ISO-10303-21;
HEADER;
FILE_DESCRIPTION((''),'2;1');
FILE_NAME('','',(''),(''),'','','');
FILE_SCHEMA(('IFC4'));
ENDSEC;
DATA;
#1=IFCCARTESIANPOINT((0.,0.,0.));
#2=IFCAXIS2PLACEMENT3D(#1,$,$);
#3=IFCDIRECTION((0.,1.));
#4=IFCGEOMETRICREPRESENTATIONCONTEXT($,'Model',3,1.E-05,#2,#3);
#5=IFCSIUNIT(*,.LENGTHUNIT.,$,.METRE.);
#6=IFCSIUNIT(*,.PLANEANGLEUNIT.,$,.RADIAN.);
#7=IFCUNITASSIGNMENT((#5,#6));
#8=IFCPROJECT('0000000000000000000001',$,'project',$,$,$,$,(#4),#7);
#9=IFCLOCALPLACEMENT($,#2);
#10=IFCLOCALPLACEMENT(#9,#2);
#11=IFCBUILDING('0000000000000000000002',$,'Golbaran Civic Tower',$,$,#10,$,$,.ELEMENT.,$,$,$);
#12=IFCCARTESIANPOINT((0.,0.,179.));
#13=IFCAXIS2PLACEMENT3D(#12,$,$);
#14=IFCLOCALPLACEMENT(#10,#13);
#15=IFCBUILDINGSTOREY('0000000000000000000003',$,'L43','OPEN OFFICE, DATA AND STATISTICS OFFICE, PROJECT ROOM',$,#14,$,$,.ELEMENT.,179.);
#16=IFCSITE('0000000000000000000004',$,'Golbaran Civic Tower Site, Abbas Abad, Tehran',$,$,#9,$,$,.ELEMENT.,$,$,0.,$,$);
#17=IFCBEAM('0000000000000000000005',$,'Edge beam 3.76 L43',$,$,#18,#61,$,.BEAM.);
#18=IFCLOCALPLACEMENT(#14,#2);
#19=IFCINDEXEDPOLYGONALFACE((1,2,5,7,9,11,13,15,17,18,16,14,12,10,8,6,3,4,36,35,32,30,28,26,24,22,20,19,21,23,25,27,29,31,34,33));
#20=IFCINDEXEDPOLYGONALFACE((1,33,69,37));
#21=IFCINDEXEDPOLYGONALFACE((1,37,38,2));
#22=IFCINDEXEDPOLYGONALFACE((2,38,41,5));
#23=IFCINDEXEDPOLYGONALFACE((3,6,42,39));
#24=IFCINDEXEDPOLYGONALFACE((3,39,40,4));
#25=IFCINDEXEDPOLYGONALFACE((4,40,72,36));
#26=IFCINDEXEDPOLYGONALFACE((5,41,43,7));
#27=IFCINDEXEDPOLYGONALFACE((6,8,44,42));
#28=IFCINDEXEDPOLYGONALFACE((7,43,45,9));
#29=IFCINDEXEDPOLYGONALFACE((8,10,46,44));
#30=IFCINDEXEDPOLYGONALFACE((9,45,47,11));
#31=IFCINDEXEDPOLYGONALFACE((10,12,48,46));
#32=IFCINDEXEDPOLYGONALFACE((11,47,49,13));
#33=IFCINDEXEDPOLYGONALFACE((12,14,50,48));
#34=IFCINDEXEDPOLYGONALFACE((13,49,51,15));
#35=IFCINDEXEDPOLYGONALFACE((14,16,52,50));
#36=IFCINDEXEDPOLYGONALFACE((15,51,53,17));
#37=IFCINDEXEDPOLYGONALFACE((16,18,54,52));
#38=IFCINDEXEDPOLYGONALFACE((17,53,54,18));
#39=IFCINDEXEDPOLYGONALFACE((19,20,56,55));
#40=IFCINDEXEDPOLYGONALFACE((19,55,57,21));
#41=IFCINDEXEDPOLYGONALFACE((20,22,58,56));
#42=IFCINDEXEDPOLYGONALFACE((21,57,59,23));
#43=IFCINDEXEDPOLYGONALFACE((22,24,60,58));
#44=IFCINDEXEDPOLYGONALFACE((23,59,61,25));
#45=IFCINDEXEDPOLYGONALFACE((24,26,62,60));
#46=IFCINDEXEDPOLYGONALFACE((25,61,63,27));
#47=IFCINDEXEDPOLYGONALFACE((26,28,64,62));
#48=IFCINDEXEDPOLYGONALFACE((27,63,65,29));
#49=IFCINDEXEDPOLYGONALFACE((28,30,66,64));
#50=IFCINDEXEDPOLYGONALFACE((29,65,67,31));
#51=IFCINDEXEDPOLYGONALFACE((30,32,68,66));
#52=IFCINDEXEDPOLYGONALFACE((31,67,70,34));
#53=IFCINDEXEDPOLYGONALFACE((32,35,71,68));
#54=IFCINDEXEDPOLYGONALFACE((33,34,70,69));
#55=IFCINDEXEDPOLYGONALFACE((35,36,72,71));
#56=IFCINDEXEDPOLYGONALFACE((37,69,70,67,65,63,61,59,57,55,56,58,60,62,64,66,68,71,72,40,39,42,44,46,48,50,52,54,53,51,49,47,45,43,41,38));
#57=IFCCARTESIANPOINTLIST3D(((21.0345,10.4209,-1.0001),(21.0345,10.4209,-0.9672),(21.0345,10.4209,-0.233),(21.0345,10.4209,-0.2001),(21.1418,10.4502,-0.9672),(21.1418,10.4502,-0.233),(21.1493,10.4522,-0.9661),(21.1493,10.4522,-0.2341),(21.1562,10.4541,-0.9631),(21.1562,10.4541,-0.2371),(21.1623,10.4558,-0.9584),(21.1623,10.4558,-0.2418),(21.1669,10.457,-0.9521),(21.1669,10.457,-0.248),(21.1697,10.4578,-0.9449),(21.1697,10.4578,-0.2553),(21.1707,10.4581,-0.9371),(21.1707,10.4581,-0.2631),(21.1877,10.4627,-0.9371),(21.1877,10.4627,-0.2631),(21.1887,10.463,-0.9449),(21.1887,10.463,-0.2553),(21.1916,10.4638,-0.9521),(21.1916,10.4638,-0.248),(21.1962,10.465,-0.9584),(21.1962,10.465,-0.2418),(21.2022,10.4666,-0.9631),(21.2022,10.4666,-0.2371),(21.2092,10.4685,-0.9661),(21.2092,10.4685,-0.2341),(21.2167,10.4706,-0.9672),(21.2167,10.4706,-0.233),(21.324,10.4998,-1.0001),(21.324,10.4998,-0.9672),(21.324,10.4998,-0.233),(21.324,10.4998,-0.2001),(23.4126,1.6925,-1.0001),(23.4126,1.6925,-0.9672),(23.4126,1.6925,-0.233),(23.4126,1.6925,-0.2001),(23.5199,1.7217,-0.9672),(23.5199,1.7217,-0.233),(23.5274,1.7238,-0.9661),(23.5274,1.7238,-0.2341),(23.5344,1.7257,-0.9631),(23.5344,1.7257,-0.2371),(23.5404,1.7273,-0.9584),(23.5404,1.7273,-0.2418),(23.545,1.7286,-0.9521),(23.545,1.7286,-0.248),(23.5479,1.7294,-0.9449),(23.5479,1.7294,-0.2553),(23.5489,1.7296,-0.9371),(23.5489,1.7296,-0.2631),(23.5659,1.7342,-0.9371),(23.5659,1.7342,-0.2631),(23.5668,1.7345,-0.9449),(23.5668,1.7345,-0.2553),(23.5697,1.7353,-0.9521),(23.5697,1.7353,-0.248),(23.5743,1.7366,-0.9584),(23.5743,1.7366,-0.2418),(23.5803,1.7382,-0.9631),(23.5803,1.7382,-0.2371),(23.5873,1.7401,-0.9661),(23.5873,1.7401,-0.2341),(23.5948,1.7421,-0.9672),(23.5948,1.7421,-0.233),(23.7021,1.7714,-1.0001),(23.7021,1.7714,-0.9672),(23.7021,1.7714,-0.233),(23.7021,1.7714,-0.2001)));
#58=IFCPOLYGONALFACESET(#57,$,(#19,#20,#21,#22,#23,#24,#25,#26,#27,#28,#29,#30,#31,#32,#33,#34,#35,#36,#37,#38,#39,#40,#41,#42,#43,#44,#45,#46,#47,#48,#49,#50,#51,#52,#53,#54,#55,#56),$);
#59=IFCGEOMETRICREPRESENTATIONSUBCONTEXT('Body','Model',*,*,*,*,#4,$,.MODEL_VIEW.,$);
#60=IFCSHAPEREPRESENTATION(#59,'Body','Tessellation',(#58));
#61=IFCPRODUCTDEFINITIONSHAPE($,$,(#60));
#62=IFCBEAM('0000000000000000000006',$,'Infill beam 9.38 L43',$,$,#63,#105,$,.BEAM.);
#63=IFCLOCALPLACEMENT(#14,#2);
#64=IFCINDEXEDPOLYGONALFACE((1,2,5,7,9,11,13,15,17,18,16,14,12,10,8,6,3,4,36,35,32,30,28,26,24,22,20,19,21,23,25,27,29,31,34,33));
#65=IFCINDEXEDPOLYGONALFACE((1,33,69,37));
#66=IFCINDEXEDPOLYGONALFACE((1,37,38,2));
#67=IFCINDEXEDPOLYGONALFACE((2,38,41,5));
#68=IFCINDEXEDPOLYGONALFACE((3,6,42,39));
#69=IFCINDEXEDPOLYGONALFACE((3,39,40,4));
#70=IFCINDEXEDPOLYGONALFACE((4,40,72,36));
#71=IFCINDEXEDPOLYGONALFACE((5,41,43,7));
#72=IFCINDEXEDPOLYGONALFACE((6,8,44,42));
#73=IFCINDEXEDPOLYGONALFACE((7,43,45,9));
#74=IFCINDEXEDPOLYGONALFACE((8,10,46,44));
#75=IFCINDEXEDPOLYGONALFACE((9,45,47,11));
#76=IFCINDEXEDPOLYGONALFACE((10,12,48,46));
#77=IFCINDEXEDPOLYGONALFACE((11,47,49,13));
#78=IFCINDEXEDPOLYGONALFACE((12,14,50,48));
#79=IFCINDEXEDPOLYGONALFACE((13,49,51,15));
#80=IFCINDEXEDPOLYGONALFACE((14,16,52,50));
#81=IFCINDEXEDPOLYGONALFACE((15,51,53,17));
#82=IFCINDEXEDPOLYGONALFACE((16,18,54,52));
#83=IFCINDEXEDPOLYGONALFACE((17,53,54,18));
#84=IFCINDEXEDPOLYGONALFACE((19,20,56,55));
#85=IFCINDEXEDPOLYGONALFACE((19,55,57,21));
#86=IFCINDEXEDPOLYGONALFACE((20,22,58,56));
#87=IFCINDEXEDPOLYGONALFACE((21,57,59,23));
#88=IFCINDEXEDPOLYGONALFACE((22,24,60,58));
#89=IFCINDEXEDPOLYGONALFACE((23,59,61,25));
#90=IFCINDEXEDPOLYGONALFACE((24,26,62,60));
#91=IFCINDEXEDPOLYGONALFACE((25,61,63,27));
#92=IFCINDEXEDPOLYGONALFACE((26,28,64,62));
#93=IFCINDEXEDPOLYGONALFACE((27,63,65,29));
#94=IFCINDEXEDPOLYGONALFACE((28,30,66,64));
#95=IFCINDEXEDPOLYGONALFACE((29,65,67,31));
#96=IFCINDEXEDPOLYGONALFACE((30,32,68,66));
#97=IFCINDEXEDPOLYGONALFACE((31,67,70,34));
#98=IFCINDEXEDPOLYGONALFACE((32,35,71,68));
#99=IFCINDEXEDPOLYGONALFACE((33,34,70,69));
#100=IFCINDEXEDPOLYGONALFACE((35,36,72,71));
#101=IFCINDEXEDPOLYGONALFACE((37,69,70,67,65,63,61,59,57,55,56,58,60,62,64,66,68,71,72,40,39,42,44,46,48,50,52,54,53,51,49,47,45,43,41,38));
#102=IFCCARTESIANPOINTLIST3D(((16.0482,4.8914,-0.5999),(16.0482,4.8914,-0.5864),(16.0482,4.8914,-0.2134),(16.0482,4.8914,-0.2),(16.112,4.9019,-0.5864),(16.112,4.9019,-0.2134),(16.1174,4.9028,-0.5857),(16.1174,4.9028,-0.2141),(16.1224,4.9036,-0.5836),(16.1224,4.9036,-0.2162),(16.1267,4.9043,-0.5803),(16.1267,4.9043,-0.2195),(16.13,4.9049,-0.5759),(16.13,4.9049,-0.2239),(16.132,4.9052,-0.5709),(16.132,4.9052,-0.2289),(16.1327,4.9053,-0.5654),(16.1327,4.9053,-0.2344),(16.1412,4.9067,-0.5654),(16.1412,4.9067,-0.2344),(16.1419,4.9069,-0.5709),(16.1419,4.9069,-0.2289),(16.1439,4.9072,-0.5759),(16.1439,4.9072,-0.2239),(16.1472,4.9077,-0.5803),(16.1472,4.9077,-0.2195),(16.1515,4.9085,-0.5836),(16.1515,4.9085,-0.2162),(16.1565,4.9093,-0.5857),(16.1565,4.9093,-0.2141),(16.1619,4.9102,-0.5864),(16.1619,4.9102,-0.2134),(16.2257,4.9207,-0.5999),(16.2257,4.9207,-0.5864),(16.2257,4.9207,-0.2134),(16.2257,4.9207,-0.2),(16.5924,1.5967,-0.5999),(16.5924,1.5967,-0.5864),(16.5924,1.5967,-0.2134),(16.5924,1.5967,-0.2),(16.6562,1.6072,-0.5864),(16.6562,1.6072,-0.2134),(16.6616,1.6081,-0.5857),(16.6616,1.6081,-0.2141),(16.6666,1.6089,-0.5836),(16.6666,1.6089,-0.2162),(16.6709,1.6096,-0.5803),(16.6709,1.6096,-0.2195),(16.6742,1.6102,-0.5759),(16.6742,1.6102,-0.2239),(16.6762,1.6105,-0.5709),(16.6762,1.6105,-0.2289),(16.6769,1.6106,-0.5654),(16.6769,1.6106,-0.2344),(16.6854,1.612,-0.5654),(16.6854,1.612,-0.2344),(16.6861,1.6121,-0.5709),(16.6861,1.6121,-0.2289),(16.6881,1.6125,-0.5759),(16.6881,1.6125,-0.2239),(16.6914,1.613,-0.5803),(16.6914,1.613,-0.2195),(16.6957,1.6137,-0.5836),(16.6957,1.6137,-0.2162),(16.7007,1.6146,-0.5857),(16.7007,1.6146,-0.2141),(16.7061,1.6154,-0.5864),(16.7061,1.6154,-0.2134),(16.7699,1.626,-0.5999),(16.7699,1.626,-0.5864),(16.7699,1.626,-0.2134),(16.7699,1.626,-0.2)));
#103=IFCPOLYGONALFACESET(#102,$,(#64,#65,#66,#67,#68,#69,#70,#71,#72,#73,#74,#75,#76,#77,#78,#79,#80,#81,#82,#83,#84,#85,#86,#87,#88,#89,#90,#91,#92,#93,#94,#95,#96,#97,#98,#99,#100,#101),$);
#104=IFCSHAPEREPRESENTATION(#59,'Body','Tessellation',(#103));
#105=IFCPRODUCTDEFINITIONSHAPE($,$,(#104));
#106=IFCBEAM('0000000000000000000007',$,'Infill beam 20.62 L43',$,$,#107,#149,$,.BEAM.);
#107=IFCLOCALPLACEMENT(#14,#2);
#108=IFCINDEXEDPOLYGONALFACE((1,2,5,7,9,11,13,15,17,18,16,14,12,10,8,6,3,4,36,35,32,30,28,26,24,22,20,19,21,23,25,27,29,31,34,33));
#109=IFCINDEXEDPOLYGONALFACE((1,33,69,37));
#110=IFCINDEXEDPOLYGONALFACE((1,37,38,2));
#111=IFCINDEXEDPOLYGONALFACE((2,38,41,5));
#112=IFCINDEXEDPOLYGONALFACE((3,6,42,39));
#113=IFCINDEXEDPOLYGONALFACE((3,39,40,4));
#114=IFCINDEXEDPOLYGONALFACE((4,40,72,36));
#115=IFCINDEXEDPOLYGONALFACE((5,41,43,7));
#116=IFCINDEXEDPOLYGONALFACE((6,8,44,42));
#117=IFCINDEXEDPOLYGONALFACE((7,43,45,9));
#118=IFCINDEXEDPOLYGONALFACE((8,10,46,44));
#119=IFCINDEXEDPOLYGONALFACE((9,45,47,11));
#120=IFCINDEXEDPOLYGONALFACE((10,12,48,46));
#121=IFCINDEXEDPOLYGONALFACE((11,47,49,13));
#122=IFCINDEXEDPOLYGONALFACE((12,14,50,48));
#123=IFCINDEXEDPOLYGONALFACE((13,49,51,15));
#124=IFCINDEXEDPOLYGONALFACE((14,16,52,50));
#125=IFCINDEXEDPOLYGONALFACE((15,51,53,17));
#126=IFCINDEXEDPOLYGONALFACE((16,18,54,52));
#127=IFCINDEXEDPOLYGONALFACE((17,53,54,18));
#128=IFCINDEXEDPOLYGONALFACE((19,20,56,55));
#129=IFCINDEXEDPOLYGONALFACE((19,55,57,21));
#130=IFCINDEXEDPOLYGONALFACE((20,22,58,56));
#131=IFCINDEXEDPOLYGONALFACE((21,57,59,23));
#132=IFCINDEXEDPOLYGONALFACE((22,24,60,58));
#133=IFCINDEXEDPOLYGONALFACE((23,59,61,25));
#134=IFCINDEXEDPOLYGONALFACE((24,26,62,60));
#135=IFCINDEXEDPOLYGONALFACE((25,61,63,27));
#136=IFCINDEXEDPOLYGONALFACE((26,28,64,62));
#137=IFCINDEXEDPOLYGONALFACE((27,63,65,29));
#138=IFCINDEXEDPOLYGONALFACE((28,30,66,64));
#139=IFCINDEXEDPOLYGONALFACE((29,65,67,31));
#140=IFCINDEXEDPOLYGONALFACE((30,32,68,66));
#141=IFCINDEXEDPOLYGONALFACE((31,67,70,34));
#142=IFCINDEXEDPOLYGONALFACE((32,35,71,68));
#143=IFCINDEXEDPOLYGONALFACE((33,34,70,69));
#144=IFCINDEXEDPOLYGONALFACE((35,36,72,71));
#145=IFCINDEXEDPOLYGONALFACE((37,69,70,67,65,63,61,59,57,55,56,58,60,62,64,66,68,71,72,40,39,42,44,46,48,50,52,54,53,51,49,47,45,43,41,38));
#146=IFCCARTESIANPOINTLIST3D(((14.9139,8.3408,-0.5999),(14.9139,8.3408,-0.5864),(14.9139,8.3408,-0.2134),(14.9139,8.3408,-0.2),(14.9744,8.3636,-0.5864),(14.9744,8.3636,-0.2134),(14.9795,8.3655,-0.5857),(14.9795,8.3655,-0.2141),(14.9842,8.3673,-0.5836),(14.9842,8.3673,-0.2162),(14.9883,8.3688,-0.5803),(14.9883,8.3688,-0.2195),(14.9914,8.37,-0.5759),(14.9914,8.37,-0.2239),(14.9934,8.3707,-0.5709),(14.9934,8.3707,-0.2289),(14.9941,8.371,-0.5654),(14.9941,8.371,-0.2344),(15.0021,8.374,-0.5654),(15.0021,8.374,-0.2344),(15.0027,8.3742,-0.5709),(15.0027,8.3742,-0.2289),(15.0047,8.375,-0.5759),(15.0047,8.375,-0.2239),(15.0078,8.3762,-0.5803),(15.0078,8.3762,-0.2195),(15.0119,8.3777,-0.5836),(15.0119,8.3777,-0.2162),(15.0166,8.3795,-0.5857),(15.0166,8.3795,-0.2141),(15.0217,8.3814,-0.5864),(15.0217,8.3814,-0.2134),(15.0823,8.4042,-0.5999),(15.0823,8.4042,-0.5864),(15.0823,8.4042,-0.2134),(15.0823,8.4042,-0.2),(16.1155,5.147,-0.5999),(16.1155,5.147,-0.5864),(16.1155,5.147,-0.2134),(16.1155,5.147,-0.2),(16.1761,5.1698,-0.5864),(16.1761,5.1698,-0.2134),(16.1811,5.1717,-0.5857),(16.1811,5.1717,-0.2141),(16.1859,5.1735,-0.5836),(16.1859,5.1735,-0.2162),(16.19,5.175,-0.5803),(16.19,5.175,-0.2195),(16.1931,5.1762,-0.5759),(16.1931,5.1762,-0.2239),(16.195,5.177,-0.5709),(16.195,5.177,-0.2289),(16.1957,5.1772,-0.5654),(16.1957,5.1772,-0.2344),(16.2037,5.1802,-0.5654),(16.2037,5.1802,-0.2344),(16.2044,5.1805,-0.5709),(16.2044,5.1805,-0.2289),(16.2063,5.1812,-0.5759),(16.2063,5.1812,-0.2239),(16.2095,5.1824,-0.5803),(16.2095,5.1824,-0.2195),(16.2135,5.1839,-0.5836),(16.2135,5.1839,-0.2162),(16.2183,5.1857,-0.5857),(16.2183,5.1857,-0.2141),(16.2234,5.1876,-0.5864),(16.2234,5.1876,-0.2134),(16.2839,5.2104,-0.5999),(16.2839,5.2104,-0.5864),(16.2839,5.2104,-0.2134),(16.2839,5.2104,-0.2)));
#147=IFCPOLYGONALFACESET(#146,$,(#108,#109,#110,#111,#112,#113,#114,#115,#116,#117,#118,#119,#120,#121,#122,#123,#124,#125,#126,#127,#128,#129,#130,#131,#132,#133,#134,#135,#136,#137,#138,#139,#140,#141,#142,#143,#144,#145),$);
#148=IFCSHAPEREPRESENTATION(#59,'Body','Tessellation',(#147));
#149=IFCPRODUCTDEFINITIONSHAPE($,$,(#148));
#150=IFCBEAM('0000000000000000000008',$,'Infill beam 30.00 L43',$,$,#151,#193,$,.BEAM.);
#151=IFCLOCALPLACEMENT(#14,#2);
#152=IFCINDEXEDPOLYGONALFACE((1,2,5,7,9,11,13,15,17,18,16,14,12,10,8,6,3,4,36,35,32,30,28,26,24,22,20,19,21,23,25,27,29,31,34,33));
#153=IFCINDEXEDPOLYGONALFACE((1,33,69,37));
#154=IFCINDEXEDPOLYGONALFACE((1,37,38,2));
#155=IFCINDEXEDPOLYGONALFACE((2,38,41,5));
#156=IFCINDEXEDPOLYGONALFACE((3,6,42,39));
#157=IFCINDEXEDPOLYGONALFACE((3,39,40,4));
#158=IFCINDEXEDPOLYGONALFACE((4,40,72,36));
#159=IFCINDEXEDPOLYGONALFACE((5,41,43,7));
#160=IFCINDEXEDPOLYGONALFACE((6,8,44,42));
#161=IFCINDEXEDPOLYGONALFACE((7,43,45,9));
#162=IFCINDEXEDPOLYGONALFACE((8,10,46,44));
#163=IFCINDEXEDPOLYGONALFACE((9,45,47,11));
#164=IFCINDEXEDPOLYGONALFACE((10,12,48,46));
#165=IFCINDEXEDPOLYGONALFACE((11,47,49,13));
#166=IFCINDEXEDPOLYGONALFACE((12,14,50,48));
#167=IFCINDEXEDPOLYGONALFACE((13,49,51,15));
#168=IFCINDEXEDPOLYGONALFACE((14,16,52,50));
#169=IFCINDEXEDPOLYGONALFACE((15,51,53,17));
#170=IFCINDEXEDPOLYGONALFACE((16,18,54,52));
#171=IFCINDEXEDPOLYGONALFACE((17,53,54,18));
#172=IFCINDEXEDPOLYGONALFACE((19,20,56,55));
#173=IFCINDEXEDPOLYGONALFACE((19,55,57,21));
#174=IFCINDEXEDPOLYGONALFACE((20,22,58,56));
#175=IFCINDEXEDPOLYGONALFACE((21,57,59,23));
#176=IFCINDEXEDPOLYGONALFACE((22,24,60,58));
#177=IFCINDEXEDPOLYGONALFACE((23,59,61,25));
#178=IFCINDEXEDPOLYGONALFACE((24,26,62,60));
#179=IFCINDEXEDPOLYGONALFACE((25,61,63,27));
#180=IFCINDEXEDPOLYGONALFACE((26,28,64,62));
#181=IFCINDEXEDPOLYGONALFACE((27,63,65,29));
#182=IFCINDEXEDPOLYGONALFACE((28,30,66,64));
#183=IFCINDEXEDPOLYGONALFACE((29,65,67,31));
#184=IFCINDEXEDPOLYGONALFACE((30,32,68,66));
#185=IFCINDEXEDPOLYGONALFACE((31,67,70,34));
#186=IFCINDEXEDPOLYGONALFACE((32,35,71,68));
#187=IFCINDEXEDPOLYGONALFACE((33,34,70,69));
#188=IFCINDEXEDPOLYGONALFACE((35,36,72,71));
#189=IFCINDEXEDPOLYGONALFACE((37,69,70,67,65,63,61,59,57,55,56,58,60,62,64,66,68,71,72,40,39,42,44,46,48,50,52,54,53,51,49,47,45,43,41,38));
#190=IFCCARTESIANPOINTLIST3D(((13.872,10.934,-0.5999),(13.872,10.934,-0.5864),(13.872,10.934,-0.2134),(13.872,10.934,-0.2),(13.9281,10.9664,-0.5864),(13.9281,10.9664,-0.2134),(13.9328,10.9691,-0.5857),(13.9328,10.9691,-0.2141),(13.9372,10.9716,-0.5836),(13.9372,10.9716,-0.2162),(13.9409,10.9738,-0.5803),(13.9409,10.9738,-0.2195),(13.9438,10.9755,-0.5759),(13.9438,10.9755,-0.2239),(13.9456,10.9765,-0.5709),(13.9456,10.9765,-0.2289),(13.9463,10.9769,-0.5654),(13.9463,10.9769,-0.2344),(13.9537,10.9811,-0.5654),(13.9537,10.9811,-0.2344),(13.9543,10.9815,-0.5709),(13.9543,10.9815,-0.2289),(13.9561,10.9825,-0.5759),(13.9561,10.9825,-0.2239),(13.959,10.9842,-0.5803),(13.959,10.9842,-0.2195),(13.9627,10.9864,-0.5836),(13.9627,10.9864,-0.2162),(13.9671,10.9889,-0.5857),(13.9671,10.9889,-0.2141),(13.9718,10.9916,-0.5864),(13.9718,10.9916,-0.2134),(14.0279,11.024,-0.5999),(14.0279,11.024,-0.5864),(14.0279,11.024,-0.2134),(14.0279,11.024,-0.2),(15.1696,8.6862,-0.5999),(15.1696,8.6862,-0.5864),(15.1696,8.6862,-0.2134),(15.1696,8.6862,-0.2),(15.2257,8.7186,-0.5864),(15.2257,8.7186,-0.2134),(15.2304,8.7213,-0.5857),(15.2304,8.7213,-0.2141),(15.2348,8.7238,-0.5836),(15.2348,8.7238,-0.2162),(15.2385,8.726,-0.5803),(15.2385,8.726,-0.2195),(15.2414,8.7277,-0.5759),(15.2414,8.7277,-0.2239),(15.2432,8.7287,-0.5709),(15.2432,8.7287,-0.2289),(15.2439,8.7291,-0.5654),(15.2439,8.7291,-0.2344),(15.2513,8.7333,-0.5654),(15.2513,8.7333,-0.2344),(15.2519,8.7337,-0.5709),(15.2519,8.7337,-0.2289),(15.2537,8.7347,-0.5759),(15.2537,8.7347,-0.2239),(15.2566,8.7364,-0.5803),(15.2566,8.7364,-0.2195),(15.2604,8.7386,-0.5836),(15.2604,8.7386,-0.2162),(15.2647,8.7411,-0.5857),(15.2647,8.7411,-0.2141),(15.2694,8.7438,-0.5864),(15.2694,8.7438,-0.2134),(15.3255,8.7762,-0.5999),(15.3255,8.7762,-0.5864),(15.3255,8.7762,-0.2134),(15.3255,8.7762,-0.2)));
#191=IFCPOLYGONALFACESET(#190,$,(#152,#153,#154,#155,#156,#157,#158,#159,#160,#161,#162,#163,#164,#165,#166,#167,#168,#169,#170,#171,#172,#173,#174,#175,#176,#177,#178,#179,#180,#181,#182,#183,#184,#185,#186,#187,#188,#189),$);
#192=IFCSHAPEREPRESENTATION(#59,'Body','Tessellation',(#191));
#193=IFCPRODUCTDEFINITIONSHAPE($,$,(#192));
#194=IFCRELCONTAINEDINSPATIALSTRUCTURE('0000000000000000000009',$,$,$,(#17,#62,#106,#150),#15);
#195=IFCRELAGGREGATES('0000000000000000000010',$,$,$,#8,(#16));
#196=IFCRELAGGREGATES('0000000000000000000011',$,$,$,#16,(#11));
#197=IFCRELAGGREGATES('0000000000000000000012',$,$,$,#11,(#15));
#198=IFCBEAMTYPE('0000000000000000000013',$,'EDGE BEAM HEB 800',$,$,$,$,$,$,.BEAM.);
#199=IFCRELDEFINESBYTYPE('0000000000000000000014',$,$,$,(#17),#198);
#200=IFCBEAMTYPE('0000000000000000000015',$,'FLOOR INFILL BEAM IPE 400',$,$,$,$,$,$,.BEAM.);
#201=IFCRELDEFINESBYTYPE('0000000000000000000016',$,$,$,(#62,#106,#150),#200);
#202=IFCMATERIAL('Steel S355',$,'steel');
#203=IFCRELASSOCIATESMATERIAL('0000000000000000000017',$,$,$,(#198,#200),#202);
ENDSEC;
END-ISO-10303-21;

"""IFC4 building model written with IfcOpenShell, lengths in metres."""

from ifc_helpers import new_model, si_unit, direction, frame, origin, origin_2d, place, context, subcontext, project, spatial, i_section, extrude, material, material_profile, profile_set, type_object, element, save


model = new_model("IFC4")

# Units and contexts
model_context = context("Model", 3, precision=1e-05, world=origin(), true_north=direction((0.0, 1.0)))
body_context = subcontext(model_context, "Body", "Model", "MODEL_VIEW")
ifc_project = project(units=[si_unit("LENGTHUNIT", "METRE"), si_unit("PLANEANGLEUNIT", "RADIAN")], contexts=[model_context])

# Site, building, storey
site_placement = place(None, origin())
site = spatial("IfcSite", under=ifc_project, at=site_placement, Name="Golbaran Civic Tower Site, Abbas Abad, Tehran", CompositionType="ELEMENT", RefElevation=0.0)
building_placement = place(site_placement, origin())
building = spatial("IfcBuilding", under=site, at=building_placement, Name="Golbaran Civic Tower", CompositionType="ELEMENT")
storey_placement = place(building_placement, frame((0.0, 0.0, 179.0)))
storey = spatial("IfcBuildingStorey", under=building, at=storey_placement, Name="L43", Description="OPEN OFFICE, DATA AND STATISTICS OFFICE, PROJECT ROOM", CompositionType="ELEMENT", Elevation=179.0)

# Beams
ifc_material_1 = material(Name="Steel S355", Category="steel")
ifc_material_profile_1 = material_profile(ifc_material_1, i_section(OverallWidth=0.3, OverallDepth=0.8, WebThickness=0.0176, FlangeThickness=0.033, FilletRadius=0.03, at=origin_2d()), Name="HEB 800")
ifc_profile_set_1 = profile_set([ifc_material_profile_1], Name="Steel S355")
beam_type_1 = type_object("IfcBeamType", Name="EDGE BEAM HEB 800", PredefinedType="BEAM", material=ifc_profile_set_1)
beam_1_placement = place(storey_placement, frame((23.5574, 1.7319, -0.6001), z_axis=(-0.262878, 0.964829, 0.0), x_axis=(-0.964829, -0.262878, 0.0)))
element("IfcBeam", 1, at=beam_1_placement, inside=storey, type_object=beam_type_1, Name="Edge beam 3.76 L43", PredefinedType="BEAM", context=body_context, shape_type="SweptSolid", body=[
    extrude(i_section(OverallWidth=0.3, OverallDepth=0.8, WebThickness=0.0176, FlangeThickness=0.033, FilletRadius=0.03, at=origin_2d()), origin(), (0.0, 0.0, 1.0), 9.0466),
])
ifc_material_profile_2 = material_profile(ifc_material_1, i_section(OverallWidth=0.1799, OverallDepth=0.3999, WebThickness=0.0085, FlangeThickness=0.0134, FilletRadius=0.021, at=origin_2d()), Name="IPE 400")
ifc_profile_set_2 = profile_set([ifc_material_profile_2], Name="Steel S355")
beam_type_2 = type_object("IfcBeamType", Name="FLOOR INFILL BEAM IPE 400", PredefinedType="BEAM", material=ifc_profile_set_2)
beam_2_placement = place(storey_placement, frame((16.6812, 1.6113, -0.3999), z_axis=(-0.162964, 0.986632, 0.0), x_axis=(-0.986632, -0.162964, 0.0)))
element("IfcBeam", 2, at=beam_2_placement, inside=storey, type_object=beam_type_2, Name="Infill beam 9.38 L43", PredefinedType="BEAM", context=body_context, shape_type="SweptSolid", body=[
    extrude(i_section(OverallWidth=0.1799, OverallDepth=0.3999, WebThickness=0.0085, FlangeThickness=0.0134, FilletRadius=0.021, at=origin_2d()), origin(), (0.0, 0.0, 1.0), 3.3394),
])
beam_3_placement = place(storey_placement, frame((16.1997, 5.1787, -0.3999), z_axis=(-0.352142, 0.935946, 0.0), x_axis=(-0.935946, -0.352142, 0.0)))
element("IfcBeam", 3, at=beam_3_placement, inside=storey, type_object=beam_type_2, Name="Infill beam 20.62 L43", PredefinedType="BEAM", context=body_context, shape_type="SweptSolid", body=[
    extrude(i_section(OverallWidth=0.1799, OverallDepth=0.3999, WebThickness=0.0085, FlangeThickness=0.0134, FilletRadius=0.021, at=origin_2d()), origin(), (0.0, 0.0, 1.0), 3.4124),
])
beam_4_placement = place(storey_placement, frame((15.2476, 8.7312, -0.3999), z_axis=(-0.499953, 0.866052, 0.0), x_axis=(-0.866052, -0.499953, 0.0)))
element("IfcBeam", 4, at=beam_4_placement, inside=storey, type_object=beam_type_2, Name="Infill beam 30.00 L43", PredefinedType="BEAM", context=body_context, shape_type="SweptSolid", body=[
    extrude(i_section(OverallWidth=0.1799, OverallDepth=0.3999, WebThickness=0.0085, FlangeThickness=0.0134, FilletRadius=0.021, at=origin_2d()), origin(), (0.0, 0.0, 1.0), 2.5955),
])

save(model, "model.ifc")
